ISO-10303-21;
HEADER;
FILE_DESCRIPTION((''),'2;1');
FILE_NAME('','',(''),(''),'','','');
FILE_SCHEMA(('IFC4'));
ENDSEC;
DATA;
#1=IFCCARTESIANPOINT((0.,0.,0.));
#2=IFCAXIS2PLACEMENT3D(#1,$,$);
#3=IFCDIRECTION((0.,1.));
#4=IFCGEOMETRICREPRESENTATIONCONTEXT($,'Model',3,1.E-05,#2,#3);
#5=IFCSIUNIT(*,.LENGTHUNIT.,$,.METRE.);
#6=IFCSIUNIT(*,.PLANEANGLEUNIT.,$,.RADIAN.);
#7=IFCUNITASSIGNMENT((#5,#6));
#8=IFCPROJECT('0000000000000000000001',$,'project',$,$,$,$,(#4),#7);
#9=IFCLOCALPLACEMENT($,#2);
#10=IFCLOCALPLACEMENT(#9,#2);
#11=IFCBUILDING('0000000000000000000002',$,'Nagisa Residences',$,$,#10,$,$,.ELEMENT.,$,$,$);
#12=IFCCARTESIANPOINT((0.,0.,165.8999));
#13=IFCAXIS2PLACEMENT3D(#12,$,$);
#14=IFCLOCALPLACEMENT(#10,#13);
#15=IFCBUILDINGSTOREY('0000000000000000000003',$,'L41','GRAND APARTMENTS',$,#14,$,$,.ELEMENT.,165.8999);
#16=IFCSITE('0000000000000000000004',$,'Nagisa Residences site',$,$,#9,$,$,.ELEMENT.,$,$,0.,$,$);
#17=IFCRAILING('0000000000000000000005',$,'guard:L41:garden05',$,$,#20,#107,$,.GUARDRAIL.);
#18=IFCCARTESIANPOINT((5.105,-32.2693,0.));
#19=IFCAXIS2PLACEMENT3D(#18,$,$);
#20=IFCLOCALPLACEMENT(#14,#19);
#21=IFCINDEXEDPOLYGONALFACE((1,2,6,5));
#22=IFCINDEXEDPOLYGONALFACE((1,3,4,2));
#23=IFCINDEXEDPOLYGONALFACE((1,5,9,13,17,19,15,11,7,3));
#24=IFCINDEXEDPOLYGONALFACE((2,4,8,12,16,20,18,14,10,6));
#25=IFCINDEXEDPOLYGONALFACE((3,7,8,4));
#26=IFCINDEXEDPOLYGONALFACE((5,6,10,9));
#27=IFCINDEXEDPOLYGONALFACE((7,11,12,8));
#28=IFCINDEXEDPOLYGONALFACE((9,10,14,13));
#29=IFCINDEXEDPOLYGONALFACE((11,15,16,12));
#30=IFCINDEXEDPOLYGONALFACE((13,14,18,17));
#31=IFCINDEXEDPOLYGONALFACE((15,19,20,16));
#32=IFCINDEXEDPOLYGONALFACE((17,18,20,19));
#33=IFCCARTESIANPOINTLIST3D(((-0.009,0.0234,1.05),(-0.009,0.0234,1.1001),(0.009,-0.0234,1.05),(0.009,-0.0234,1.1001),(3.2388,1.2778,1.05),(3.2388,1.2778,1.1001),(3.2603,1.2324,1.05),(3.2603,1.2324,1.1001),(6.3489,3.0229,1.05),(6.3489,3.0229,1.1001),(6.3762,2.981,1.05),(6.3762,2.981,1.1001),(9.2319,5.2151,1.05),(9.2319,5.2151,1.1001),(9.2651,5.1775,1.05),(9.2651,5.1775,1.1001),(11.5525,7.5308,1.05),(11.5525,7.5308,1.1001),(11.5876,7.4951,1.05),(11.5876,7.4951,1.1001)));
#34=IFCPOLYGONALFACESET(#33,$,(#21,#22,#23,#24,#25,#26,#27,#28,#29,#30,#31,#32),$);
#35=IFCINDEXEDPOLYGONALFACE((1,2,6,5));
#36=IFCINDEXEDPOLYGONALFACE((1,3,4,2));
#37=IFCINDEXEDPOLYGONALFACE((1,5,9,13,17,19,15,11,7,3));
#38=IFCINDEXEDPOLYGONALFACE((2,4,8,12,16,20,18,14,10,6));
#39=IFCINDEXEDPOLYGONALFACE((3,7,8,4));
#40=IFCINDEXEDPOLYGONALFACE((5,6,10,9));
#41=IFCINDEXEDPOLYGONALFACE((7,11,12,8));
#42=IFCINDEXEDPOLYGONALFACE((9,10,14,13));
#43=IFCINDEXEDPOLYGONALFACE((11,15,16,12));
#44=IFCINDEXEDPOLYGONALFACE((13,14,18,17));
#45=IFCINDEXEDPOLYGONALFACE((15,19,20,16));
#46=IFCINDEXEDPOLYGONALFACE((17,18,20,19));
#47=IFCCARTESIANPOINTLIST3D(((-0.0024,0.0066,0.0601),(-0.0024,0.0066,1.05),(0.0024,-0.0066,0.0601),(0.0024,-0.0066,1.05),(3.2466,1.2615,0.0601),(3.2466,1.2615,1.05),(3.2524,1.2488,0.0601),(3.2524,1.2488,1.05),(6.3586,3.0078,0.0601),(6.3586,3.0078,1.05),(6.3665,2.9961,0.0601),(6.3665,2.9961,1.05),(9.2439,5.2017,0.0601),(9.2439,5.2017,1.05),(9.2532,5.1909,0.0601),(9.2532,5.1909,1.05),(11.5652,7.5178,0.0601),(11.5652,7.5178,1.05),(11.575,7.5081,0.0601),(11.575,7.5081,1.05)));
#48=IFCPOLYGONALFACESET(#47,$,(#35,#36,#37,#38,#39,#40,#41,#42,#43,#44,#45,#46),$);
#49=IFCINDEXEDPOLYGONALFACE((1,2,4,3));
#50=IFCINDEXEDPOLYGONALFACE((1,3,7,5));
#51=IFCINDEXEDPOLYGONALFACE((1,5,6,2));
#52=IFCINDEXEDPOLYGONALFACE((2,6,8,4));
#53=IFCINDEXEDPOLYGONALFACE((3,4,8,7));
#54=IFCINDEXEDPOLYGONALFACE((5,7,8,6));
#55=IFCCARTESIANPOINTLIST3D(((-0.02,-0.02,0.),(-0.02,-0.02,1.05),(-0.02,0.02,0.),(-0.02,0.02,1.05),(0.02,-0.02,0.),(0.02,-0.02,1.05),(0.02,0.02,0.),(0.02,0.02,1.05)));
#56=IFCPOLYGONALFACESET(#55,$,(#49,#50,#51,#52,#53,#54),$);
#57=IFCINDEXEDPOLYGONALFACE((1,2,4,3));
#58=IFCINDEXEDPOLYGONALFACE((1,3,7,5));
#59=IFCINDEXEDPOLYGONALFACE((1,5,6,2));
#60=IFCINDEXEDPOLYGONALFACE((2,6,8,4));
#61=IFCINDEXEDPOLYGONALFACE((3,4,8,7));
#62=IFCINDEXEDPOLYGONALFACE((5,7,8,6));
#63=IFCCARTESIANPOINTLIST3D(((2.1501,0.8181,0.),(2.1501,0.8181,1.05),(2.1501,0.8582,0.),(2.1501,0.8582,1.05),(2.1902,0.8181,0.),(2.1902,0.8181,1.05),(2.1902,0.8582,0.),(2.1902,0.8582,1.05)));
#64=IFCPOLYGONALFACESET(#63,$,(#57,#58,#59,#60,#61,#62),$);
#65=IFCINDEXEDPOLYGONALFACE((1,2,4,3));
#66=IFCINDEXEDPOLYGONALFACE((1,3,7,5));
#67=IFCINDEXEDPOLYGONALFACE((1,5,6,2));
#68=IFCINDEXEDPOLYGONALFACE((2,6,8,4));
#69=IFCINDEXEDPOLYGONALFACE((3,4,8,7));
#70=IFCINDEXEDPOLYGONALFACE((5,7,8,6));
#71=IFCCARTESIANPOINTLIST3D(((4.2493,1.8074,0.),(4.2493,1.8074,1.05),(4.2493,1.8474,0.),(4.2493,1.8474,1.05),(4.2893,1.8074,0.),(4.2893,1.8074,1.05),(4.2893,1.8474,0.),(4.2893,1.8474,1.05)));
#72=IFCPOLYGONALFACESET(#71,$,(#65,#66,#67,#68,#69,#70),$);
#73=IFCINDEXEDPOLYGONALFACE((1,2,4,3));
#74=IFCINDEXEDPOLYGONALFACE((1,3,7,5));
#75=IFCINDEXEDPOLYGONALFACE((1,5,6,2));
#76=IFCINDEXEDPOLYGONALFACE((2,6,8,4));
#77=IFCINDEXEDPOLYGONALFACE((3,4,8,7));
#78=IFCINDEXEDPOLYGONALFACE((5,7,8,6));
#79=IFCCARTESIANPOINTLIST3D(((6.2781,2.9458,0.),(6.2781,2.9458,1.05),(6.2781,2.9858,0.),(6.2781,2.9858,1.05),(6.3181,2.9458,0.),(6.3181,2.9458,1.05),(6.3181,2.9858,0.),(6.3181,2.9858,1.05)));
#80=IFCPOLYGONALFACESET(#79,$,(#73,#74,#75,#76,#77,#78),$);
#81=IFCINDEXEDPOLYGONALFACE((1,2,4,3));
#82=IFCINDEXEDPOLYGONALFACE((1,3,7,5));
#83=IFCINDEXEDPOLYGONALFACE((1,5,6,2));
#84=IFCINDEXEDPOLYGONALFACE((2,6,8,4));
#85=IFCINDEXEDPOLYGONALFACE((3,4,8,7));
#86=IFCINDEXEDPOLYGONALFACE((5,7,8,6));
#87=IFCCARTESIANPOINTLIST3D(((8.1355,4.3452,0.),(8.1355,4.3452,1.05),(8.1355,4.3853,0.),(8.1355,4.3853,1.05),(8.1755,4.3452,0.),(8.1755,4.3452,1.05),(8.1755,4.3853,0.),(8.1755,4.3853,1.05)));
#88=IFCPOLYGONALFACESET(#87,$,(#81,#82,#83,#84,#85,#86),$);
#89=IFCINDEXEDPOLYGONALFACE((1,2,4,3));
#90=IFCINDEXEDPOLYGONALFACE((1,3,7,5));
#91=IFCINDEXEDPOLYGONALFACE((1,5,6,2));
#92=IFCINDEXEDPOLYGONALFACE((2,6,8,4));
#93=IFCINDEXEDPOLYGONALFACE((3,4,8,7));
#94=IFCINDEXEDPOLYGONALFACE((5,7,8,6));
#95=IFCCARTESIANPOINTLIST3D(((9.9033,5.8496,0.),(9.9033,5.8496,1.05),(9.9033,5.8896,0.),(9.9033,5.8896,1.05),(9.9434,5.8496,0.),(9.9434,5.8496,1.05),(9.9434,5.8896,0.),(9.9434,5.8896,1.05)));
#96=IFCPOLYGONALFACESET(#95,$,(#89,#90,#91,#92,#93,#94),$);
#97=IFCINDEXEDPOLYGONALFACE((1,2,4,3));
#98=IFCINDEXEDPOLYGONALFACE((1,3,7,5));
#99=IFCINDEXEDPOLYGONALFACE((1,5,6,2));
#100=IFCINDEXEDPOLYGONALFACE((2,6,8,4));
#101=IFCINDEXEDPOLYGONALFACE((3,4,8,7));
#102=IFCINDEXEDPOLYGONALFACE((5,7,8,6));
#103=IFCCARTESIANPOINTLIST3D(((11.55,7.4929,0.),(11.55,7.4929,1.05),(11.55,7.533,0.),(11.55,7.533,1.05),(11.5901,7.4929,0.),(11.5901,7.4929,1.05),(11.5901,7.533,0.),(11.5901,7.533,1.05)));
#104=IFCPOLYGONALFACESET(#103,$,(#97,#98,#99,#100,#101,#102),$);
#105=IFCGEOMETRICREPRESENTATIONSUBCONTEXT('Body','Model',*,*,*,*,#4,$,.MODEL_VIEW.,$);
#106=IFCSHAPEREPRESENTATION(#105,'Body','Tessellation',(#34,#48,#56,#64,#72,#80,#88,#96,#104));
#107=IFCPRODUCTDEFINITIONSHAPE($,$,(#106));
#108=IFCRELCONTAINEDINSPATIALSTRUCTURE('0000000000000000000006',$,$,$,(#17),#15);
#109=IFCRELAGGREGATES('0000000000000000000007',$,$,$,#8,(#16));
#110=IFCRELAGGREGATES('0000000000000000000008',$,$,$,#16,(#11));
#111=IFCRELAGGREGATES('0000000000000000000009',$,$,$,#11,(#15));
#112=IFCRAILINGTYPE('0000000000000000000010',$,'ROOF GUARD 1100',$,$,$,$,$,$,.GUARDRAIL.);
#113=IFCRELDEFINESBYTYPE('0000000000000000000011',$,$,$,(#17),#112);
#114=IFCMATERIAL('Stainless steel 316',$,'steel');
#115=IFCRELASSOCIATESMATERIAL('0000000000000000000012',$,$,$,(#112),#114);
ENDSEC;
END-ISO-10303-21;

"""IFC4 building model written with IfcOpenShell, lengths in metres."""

from ifc_helpers import new_model, si_unit, direction, frame, origin, origin_2d, place, context, subcontext, project, spatial, polyline, rectangle, outline, extrude, material, type_object, element, save


model = new_model("IFC4")

# Units and contexts
model_context = context("Model", 3, precision=1e-05, world=origin(), true_north=direction((0.0, 1.0)))
body_context = subcontext(model_context, "Body", "Model", "MODEL_VIEW")
ifc_project = project(units=[si_unit("LENGTHUNIT", "METRE"), si_unit("PLANEANGLEUNIT", "RADIAN")], contexts=[model_context])

# Site, building, storey
site_placement = place(None, origin())
site = spatial("IfcSite", under=ifc_project, at=site_placement, Name="Nagisa Residences site", CompositionType="ELEMENT", RefElevation=0.0)
building_placement = place(site_placement, origin())
building = spatial("IfcBuilding", under=site, at=building_placement, Name="Nagisa Residences", CompositionType="ELEMENT")
storey_placement = place(building_placement, frame((0.0, 0.0, 165.8999)))
storey = spatial("IfcBuildingStorey", under=building, at=storey_placement, Name="L41", Description="GRAND APARTMENTS", CompositionType="ELEMENT", Elevation=165.8999)

# Railing
ifc_material_1 = material(Name="Stainless steel 316", Category="steel")
railing_type_1 = type_object("IfcRailingType", Name="ROOF GUARD 1100", PredefinedType="GUARDRAIL", material=ifc_material_1)
railing_1_placement = place(storey_placement, frame((5.105, -32.2693, 0.0)))
element("IfcRailing", 1, at=railing_1_placement, inside=storey, type_object=railing_type_1, Name="guard:L41:garden05", PredefinedType="GUARDRAIL", context=body_context, shape_type="SweptSolid", body=[
    extrude(outline(polyline([(3.2388, 1.2778), (-0.009, 0.0234), (0.009, -0.0234), (3.2603, 1.2324), (6.3762, 2.981), (9.2651, 5.1775), (11.5876, 7.4951), (11.5525, 7.5308), (9.2319, 5.2151), (6.3489, 3.0229), (3.2388, 1.2778)])), frame((0.0, 0.0, 1.05)), (0.0, 0.0, 1.0), 0.05),
    extrude(outline(polyline([(3.2466, 1.2615), (-0.0024, 0.0066), (0.0024, -0.0066), (3.2524, 1.2488), (6.3665, 2.9961), (9.2532, 5.1909), (11.575, 7.5081), (11.5652, 7.5178), (9.2439, 5.2017), (6.3586, 3.0078), (3.2466, 1.2615)])), frame((0.0, 0.0, 0.0601)), (0.0, 0.0, 1.0), 0.99),
    extrude(rectangle(XDim=0.04, YDim=0.04, at=origin_2d()), origin(), (0.0, 0.0, 1.0), 1.05),
    extrude(rectangle(XDim=0.04, YDim=0.04, at=origin_2d()), frame((2.1702, 0.8381, 0.0)), (0.0, 0.0, 1.0), 1.05),
    extrude(rectangle(XDim=0.04, YDim=0.04, at=origin_2d()), frame((4.2693, 1.8274, 0.0)), (0.0, 0.0, 1.0), 1.05),
    extrude(rectangle(XDim=0.04, YDim=0.04, at=origin_2d()), frame((6.2981, 2.9658, 0.0)), (0.0, 0.0, 1.0), 1.05),
    extrude(rectangle(XDim=0.04, YDim=0.04, at=origin_2d()), frame((8.1555, 4.3652, 0.0)), (0.0, 0.0, 1.0), 1.05),
    extrude(rectangle(XDim=0.04, YDim=0.04, at=origin_2d()), frame((9.9233, 5.8696, 0.0)), (0.0, 0.0, 1.0), 1.05),
    extrude(rectangle(XDim=0.04, YDim=0.04, at=origin_2d()), frame((11.5701, 7.5129, 0.0)), (0.0, 0.0, 1.0), 1.05),
])

save(model, "model.ifc")
